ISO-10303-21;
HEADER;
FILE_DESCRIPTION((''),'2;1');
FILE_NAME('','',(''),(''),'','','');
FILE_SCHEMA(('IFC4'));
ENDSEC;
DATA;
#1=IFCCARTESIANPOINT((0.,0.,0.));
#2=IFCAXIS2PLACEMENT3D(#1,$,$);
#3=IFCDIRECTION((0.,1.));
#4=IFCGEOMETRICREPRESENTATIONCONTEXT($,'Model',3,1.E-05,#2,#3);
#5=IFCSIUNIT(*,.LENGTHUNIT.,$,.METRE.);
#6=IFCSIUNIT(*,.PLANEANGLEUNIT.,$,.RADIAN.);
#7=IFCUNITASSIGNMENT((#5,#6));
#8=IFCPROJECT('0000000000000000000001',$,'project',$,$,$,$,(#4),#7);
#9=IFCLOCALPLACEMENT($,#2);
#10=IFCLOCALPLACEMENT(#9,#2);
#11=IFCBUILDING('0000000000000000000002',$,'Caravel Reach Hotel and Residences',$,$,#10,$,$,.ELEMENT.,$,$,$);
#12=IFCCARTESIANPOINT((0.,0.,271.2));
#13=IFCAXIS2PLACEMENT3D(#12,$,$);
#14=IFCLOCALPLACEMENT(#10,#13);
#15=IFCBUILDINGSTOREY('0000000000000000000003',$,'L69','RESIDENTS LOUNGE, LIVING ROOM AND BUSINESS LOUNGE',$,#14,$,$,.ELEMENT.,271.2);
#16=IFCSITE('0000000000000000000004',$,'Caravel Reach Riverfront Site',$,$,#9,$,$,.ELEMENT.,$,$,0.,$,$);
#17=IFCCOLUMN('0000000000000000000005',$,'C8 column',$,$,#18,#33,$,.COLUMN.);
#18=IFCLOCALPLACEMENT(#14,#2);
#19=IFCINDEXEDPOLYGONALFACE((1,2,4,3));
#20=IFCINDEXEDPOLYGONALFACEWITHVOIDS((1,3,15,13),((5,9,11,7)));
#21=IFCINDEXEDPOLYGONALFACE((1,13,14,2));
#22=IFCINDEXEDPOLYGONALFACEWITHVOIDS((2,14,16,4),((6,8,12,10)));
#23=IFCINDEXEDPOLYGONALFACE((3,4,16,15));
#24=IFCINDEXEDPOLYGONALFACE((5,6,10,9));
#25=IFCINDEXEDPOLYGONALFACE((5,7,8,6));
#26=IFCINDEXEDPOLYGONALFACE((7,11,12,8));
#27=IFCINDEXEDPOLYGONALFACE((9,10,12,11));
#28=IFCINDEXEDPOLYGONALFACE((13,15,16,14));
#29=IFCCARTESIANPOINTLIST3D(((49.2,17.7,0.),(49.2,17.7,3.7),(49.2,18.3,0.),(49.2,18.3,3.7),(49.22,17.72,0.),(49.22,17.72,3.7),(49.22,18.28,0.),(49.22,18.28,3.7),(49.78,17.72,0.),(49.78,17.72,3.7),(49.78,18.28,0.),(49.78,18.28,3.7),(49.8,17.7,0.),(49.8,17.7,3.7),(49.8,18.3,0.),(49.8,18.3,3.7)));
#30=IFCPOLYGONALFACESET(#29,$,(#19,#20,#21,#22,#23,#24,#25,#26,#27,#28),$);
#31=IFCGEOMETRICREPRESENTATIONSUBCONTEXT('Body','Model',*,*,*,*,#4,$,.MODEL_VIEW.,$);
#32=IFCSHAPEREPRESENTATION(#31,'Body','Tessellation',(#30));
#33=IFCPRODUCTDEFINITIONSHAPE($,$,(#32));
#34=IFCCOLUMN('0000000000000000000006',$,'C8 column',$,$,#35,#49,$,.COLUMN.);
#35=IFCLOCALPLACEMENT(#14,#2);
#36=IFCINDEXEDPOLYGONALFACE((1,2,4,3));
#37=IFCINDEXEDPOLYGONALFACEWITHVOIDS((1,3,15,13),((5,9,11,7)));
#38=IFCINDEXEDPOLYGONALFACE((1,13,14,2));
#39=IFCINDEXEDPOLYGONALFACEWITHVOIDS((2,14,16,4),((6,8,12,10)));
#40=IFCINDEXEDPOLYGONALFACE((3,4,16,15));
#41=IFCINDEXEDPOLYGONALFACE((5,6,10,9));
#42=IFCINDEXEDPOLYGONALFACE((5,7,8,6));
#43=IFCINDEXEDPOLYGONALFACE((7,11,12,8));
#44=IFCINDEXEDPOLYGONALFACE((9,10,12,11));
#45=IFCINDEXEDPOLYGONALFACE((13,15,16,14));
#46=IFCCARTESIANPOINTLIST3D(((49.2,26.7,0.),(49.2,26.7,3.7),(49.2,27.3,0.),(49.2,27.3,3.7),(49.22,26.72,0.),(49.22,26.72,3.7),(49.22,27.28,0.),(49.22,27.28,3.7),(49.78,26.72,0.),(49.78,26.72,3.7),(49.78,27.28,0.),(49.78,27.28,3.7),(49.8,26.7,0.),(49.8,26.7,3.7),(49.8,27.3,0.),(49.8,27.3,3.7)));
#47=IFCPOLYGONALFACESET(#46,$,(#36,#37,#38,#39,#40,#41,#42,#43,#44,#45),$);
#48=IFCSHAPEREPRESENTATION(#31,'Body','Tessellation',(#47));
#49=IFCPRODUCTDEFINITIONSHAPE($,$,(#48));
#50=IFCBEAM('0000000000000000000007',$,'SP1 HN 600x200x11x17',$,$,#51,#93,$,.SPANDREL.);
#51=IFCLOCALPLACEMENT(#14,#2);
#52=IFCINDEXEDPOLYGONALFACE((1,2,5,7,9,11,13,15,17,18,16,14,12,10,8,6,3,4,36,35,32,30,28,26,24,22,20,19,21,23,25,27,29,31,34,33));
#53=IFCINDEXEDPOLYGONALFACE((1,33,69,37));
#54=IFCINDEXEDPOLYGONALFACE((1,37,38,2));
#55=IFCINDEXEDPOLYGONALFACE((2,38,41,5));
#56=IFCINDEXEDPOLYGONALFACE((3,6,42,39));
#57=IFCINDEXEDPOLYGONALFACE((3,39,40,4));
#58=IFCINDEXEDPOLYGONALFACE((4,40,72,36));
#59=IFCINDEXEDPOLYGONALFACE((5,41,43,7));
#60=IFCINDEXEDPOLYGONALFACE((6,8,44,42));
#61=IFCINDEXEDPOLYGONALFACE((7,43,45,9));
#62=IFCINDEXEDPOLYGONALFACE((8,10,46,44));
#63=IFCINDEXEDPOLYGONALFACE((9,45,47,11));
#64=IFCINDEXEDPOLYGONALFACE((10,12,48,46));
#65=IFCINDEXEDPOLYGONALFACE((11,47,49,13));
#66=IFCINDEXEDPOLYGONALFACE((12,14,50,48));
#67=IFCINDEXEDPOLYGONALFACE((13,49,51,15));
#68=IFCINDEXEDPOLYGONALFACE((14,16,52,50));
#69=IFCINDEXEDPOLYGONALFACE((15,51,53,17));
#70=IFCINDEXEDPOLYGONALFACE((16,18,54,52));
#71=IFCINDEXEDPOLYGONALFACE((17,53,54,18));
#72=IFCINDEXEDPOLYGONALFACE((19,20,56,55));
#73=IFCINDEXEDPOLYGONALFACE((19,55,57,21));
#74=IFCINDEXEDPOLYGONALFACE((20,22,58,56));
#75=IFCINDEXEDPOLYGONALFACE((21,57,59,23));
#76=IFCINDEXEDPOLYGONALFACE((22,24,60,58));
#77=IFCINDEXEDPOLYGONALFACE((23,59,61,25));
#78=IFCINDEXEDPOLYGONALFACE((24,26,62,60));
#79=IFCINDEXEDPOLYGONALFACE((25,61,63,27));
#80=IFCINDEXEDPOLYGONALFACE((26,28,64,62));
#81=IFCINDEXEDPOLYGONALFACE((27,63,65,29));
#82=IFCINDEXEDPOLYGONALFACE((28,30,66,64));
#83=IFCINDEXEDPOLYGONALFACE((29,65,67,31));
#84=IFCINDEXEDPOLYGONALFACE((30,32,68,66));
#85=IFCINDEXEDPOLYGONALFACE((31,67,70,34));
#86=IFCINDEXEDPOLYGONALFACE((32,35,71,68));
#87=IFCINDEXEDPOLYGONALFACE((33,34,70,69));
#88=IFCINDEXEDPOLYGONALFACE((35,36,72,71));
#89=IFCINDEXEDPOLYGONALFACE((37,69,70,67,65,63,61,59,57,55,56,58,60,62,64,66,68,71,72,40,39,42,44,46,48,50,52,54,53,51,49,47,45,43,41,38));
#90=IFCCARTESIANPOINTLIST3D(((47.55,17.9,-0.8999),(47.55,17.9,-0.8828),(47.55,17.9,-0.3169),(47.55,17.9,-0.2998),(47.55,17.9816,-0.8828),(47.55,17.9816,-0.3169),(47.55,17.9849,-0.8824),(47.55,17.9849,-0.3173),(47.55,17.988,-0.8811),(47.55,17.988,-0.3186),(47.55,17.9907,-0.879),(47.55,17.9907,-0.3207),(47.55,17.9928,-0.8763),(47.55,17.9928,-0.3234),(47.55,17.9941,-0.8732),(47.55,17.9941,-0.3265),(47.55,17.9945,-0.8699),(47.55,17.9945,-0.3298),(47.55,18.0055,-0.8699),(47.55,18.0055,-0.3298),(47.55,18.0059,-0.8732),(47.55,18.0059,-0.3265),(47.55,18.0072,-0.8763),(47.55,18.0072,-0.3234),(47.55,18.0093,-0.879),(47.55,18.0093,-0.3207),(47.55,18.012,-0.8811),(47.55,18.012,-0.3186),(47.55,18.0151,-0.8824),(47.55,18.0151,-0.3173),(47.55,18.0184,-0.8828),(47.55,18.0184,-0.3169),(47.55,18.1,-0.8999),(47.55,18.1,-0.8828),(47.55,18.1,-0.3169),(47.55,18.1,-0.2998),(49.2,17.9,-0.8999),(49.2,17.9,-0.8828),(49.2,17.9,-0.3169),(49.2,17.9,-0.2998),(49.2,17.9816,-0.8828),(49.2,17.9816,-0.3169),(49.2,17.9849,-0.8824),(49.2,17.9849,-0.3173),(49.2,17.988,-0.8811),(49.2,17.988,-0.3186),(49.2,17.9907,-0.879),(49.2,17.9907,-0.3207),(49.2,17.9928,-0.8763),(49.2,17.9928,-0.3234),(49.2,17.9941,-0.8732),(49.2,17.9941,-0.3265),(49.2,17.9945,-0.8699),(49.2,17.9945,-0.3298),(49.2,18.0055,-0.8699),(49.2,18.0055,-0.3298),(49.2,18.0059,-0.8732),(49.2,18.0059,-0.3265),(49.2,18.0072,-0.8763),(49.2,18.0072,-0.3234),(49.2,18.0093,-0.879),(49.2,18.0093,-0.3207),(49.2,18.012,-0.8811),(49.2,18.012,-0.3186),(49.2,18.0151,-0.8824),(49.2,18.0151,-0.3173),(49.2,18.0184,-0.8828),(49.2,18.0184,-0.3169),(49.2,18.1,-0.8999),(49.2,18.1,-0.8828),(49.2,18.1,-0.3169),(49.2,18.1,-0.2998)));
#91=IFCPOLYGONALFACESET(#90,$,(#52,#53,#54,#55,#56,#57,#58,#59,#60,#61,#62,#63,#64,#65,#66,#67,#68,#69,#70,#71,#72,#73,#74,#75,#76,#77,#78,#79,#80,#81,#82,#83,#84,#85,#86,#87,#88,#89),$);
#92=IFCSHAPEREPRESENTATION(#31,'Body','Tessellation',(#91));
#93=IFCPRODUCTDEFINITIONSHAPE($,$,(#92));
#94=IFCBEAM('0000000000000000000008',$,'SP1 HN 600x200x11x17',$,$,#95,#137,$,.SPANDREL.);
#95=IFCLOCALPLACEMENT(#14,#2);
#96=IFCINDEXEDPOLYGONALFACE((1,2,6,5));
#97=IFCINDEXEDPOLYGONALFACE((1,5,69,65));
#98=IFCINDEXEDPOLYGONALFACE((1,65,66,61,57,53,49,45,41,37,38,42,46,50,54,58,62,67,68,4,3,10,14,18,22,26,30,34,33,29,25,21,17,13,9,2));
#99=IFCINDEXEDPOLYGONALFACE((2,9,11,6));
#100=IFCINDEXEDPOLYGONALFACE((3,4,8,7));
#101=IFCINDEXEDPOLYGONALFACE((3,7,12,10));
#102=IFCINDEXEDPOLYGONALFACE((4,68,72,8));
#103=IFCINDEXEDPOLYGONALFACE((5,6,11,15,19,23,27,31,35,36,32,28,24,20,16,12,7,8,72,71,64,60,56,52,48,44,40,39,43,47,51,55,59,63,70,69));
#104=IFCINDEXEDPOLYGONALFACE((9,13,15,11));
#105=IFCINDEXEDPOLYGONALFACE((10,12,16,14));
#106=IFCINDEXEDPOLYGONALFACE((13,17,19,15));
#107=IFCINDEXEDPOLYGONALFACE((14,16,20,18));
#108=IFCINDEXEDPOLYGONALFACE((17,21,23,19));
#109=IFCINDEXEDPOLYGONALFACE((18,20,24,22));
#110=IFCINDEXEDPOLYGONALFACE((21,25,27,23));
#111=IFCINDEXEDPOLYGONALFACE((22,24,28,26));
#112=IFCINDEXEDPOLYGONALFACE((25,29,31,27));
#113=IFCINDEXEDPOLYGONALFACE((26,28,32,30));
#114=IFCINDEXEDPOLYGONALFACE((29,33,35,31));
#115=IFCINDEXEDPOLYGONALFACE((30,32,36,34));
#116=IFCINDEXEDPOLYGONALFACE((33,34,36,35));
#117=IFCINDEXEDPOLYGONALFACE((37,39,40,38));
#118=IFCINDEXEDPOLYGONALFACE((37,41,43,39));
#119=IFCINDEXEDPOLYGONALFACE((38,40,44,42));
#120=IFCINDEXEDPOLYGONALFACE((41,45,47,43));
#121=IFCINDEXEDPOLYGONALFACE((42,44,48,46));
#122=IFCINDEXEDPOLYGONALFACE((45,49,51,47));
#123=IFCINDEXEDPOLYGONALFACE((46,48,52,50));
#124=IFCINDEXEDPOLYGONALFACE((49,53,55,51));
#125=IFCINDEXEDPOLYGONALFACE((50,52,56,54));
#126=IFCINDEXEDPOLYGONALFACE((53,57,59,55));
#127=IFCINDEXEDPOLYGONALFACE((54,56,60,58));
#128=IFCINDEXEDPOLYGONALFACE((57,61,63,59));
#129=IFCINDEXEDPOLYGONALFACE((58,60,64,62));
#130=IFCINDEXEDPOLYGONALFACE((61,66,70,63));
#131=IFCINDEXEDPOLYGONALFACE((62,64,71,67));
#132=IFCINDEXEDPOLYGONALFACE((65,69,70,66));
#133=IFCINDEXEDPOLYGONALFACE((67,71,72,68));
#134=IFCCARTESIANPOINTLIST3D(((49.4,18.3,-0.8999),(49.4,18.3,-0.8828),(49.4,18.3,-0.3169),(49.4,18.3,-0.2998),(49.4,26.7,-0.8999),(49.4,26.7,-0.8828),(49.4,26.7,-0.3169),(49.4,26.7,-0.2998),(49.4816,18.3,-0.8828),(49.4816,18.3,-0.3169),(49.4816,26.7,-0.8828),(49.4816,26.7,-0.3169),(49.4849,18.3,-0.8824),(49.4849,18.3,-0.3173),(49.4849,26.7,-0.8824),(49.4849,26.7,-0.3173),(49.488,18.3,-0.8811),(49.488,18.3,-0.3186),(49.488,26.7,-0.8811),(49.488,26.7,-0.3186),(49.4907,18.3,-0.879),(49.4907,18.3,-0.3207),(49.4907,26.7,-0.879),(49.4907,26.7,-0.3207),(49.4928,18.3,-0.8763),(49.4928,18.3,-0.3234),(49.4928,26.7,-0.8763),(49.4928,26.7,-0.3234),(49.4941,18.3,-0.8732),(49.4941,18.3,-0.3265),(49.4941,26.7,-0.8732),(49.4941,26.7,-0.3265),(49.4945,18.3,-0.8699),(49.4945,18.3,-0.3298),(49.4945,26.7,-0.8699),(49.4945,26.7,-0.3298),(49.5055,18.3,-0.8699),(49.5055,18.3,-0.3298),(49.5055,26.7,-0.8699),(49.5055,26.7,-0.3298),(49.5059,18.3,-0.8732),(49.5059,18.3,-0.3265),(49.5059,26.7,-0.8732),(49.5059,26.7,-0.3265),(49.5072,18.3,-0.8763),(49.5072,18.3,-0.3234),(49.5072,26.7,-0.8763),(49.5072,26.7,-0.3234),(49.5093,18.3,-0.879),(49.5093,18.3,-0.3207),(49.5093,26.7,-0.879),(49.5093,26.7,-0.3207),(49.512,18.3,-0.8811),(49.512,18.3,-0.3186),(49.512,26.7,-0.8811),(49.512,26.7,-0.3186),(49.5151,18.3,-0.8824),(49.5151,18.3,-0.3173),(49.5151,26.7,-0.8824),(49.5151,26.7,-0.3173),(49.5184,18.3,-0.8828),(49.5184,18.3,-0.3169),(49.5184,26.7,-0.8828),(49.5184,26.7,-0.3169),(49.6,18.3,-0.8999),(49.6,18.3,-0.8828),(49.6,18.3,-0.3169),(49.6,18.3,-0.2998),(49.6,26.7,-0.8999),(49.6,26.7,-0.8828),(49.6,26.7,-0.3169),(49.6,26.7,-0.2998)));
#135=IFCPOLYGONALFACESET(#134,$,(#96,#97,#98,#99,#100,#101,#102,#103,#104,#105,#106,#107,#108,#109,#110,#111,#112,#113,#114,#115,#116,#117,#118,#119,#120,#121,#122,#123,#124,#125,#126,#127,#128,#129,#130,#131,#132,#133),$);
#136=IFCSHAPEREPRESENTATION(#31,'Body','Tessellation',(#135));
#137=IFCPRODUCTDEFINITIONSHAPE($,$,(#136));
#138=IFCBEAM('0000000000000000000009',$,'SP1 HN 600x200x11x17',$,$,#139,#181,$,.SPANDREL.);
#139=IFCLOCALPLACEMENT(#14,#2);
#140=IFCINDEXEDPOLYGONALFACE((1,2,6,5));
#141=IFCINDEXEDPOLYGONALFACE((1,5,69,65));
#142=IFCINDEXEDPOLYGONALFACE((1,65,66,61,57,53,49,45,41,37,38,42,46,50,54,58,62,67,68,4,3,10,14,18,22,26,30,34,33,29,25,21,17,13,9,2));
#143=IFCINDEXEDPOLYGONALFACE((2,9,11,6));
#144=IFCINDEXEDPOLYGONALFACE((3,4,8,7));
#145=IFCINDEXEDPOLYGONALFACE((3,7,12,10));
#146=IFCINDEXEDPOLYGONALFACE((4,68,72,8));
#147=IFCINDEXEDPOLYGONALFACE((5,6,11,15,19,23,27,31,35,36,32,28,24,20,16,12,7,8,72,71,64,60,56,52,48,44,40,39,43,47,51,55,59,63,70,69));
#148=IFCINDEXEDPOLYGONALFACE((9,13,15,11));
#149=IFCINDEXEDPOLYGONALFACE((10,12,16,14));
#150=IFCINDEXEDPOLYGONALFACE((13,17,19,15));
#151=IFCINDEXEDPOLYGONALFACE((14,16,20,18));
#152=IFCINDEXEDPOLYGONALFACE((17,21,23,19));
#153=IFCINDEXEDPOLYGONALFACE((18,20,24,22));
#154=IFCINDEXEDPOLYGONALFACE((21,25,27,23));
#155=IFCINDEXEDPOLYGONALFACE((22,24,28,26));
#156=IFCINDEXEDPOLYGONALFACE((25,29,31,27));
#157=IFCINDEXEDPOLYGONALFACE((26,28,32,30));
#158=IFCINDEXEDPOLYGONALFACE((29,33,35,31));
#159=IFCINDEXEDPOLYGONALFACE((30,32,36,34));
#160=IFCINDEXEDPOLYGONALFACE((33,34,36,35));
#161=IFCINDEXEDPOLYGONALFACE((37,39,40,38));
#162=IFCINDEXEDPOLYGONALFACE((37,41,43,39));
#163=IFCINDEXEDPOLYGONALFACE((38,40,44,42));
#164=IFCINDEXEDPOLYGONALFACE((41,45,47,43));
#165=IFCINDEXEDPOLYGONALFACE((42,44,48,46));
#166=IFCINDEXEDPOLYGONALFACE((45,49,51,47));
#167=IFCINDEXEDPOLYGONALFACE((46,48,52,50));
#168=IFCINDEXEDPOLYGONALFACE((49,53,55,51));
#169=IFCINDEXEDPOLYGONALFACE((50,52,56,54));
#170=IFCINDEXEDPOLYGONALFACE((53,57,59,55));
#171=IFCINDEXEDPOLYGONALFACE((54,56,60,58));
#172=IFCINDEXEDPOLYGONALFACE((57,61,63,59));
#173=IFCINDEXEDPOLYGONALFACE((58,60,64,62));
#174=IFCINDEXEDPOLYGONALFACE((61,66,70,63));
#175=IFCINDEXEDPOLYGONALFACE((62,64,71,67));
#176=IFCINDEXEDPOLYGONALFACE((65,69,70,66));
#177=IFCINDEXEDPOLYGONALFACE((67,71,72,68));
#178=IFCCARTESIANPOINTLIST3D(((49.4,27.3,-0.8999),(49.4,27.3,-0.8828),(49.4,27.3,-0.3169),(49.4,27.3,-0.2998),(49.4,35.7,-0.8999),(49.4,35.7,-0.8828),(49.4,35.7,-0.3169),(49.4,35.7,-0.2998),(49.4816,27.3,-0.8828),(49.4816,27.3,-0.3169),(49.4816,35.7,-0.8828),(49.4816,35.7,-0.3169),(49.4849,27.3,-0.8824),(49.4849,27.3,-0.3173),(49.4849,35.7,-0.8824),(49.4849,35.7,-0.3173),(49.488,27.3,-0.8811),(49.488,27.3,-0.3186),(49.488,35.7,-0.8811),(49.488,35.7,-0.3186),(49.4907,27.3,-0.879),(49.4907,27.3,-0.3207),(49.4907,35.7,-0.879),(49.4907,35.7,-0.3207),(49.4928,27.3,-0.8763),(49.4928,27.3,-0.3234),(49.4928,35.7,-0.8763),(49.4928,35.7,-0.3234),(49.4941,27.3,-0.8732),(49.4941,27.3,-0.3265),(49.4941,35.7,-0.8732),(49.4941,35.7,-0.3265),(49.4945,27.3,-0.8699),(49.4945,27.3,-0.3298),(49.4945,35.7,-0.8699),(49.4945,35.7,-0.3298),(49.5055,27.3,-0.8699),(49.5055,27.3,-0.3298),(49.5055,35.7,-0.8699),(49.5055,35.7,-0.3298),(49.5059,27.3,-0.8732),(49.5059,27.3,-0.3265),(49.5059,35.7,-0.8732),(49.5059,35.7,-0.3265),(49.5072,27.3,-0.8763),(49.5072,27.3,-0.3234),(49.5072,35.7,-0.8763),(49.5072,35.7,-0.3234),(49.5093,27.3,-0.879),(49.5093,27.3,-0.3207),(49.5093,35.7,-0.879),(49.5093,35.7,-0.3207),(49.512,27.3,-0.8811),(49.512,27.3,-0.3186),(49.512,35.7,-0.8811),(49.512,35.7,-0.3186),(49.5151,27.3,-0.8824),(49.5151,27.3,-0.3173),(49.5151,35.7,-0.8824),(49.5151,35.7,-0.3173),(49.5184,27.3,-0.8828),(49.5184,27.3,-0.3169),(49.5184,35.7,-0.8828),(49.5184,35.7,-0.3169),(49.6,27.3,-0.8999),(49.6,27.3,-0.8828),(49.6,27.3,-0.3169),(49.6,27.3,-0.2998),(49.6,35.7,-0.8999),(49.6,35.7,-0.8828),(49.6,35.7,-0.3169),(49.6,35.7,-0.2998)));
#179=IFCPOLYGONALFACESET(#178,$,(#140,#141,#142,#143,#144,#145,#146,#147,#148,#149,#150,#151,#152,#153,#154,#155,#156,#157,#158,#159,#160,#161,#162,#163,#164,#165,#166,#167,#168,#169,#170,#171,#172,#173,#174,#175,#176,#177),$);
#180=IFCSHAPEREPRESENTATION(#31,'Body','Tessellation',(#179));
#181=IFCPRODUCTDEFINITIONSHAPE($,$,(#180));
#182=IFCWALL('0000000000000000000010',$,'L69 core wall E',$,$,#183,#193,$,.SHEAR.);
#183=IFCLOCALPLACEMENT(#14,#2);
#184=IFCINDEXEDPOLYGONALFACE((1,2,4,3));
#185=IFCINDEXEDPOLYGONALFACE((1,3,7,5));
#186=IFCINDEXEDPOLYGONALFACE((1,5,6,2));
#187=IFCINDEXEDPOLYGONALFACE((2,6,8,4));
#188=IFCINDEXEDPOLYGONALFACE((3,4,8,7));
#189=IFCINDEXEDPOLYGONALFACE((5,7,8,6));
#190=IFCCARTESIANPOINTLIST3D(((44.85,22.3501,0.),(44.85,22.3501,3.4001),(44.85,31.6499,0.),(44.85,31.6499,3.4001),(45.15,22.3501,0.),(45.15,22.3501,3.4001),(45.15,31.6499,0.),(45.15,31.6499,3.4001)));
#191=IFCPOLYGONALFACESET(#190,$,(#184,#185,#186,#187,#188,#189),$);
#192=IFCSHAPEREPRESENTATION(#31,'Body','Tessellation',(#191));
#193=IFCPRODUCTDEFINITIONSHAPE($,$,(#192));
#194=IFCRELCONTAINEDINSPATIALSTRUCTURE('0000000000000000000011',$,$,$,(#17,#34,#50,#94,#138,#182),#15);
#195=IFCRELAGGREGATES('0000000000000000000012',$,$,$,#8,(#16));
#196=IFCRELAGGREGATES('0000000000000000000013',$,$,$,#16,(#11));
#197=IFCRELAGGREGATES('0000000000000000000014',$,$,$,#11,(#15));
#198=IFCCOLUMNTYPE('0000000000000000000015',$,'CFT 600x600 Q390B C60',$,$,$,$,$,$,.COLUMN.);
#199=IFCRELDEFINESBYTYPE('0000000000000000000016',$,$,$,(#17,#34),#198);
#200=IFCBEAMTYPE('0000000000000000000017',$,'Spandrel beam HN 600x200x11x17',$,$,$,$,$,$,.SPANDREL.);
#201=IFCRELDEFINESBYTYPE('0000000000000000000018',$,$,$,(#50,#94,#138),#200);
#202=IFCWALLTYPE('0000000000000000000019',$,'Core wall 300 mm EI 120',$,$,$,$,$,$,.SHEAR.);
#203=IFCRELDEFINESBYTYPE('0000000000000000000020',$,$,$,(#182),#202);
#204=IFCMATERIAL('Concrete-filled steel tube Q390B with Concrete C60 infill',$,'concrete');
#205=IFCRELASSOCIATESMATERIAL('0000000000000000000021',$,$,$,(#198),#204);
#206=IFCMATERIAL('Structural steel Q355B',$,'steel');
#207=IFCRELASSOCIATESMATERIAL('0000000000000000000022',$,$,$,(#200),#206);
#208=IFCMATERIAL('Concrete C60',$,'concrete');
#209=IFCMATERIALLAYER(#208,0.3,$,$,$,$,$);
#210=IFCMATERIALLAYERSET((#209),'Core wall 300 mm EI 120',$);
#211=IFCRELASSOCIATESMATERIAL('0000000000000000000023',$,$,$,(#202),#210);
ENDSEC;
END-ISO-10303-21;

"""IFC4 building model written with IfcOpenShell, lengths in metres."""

from ifc_helpers import new_model, si_unit, direction, frame, frame_2d, origin, origin_2d, place, context, subcontext, project, spatial, rectangle, hollow_rectangle, i_section, extrude, material, layer, layer_set, material_profile, profile_set, type_object, element, save


model = new_model("IFC4")

# Units and contexts
model_context = context("Model", 3, precision=1e-05, world=origin(), true_north=direction((0.0, 1.0)))
body_context = subcontext(model_context, "Body", "Model", "MODEL_VIEW")
ifc_project = project(units=[si_unit("LENGTHUNIT", "METRE"), si_unit("PLANEANGLEUNIT", "RADIAN")], contexts=[model_context])

# Site, building, storey
site_placement = place(None, origin())
site = spatial("IfcSite", under=ifc_project, at=site_placement, Name="Caravel Reach Riverfront Site", CompositionType="ELEMENT", RefElevation=0.0)
building_placement = place(site_placement, origin())
building = spatial("IfcBuilding", under=site, at=building_placement, Name="Caravel Reach Hotel and Residences", CompositionType="ELEMENT")
storey_placement = place(building_placement, frame((0.0, 0.0, 271.2)))
storey = spatial("IfcBuildingStorey", under=building, at=storey_placement, Name="L69", Description="RESIDENTS LOUNGE, LIVING ROOM AND BUSINESS LOUNGE", CompositionType="ELEMENT", Elevation=271.2)

# Columns
ifc_material_1 = material(Name="Concrete-filled steel tube Q390B with Concrete C60 infill", Category="concrete")
ifc_material_profile_1 = material_profile(ifc_material_1, hollow_rectangle(XDim=0.6001, YDim=0.6001, WallThickness=0.02, at=origin_2d()), Name="RHS 600x600x20")
ifc_profile_set_1 = profile_set([ifc_material_profile_1], Name="Concrete-filled steel tube Q390B with Concrete C60 infill")
column_type = type_object("IfcColumnType", Name="CFT 600x600 Q390B C60", PredefinedType="COLUMN", material=ifc_profile_set_1)
for number, where, z_axis, x_axis, name in (
    (1, (49.5, 18.0, 0.0), (0.0, 0.0, 1.0), (1.0, 0.0, 0.0), "C8 column"),
    (2, (49.5, 27.0, 0.0), (0.0, 0.0, 1.0), (1.0, 0.0, 0.0), "C8 column"),
):
    element("IfcColumn", number, at=place(storey_placement, frame(where, z_axis=z_axis, x_axis=x_axis)), inside=storey, type_object=column_type, Name=name, PredefinedType="COLUMN", context=body_context, shape_type="SweptSolid", body=[
        extrude(hollow_rectangle(XDim=0.6001, YDim=0.6001, WallThickness=0.02, at=origin_2d()), origin(), (0.0, 0.0, 1.0), 3.7),
    ])

# Beams
ifc_material_2 = material(Name="Structural steel Q355B", Category="steel")
ifc_material_profile_2 = material_profile(ifc_material_2, i_section(OverallWidth=0.2, OverallDepth=0.6001, WebThickness=0.011, FlangeThickness=0.0171, FilletRadius=0.0129, at=origin_2d()), Name="HN 600x200x11x17")
ifc_profile_set_2 = profile_set([ifc_material_profile_2], Name="Structural steel Q355B")
beam_type = type_object("IfcBeamType", Name="Spandrel beam HN 600x200x11x17", PredefinedType="SPANDREL", material=ifc_profile_set_2)
beam_placement = place(storey_placement, frame((47.55, 18.0, -0.5999), z_axis=(1.0, 0.0, 0.0), x_axis=(0.0, 1.0, 0.0)))
element("IfcBeam", 3, at=beam_placement, inside=storey, type_object=beam_type, Name="SP1 HN 600x200x11x17", PredefinedType="SPANDREL", context=body_context, shape_type="SweptSolid", body=[
    extrude(i_section(OverallWidth=0.2, OverallDepth=0.6001, WebThickness=0.011, FlangeThickness=0.0171, FilletRadius=0.0129, at=origin_2d()), origin(), (0.0, 0.0, 1.0), 1.6499),
])
for number, where, z_axis, x_axis, name in (
    (4, (49.5, 18.3, -0.5999), (0.0, 1.0, 0.0), (-1.0, 0.0, 0.0), "SP1 HN 600x200x11x17"),
    (5, (49.5, 27.3, -0.5999), (0.0, 1.0, 0.0), (-1.0, 0.0, 0.0), "SP1 HN 600x200x11x17"),
):
    element("IfcBeam", number, at=place(storey_placement, frame(where, z_axis=z_axis, x_axis=x_axis)), inside=storey, type_object=beam_type, Name=name, PredefinedType="SPANDREL", context=body_context, shape_type="SweptSolid", body=[
        extrude(i_section(OverallWidth=0.2, OverallDepth=0.6001, WebThickness=0.011, FlangeThickness=0.0171, FilletRadius=0.0129, at=origin_2d()), origin(), (0.0, 0.0, 1.0), 8.3999),
    ])

# Wall
ifc_material_3 = material(Name="Concrete C60", Category="concrete")
ifc_layer_1 = layer(ifc_material_3, 0.3)
ifc_layer_set_1 = layer_set([ifc_layer_1], Name="Core wall 300 mm EI 120")
wall_type_1 = type_object("IfcWallType", Name="Core wall 300 mm EI 120", PredefinedType="SHEAR", material=ifc_layer_set_1)
wall_1_placement = place(storey_placement, frame((45.0, 22.3501, 0.0), z_axis=(0.0, 0.0, 1.0), x_axis=(0.0, 1.0, 0.0)))
element("IfcWall", 6, at=wall_1_placement, inside=storey, type_object=wall_type_1, Name="L69 core wall E", PredefinedType="SHEAR", context=body_context, shape_type="SweptSolid", body=[
    extrude(rectangle(XDim=9.2998, YDim=0.3, at=frame_2d((4.6499, 0.0))), origin(), (0.0, 0.0, 1.0), 3.4001),
])

save(model, "model.ifc")
